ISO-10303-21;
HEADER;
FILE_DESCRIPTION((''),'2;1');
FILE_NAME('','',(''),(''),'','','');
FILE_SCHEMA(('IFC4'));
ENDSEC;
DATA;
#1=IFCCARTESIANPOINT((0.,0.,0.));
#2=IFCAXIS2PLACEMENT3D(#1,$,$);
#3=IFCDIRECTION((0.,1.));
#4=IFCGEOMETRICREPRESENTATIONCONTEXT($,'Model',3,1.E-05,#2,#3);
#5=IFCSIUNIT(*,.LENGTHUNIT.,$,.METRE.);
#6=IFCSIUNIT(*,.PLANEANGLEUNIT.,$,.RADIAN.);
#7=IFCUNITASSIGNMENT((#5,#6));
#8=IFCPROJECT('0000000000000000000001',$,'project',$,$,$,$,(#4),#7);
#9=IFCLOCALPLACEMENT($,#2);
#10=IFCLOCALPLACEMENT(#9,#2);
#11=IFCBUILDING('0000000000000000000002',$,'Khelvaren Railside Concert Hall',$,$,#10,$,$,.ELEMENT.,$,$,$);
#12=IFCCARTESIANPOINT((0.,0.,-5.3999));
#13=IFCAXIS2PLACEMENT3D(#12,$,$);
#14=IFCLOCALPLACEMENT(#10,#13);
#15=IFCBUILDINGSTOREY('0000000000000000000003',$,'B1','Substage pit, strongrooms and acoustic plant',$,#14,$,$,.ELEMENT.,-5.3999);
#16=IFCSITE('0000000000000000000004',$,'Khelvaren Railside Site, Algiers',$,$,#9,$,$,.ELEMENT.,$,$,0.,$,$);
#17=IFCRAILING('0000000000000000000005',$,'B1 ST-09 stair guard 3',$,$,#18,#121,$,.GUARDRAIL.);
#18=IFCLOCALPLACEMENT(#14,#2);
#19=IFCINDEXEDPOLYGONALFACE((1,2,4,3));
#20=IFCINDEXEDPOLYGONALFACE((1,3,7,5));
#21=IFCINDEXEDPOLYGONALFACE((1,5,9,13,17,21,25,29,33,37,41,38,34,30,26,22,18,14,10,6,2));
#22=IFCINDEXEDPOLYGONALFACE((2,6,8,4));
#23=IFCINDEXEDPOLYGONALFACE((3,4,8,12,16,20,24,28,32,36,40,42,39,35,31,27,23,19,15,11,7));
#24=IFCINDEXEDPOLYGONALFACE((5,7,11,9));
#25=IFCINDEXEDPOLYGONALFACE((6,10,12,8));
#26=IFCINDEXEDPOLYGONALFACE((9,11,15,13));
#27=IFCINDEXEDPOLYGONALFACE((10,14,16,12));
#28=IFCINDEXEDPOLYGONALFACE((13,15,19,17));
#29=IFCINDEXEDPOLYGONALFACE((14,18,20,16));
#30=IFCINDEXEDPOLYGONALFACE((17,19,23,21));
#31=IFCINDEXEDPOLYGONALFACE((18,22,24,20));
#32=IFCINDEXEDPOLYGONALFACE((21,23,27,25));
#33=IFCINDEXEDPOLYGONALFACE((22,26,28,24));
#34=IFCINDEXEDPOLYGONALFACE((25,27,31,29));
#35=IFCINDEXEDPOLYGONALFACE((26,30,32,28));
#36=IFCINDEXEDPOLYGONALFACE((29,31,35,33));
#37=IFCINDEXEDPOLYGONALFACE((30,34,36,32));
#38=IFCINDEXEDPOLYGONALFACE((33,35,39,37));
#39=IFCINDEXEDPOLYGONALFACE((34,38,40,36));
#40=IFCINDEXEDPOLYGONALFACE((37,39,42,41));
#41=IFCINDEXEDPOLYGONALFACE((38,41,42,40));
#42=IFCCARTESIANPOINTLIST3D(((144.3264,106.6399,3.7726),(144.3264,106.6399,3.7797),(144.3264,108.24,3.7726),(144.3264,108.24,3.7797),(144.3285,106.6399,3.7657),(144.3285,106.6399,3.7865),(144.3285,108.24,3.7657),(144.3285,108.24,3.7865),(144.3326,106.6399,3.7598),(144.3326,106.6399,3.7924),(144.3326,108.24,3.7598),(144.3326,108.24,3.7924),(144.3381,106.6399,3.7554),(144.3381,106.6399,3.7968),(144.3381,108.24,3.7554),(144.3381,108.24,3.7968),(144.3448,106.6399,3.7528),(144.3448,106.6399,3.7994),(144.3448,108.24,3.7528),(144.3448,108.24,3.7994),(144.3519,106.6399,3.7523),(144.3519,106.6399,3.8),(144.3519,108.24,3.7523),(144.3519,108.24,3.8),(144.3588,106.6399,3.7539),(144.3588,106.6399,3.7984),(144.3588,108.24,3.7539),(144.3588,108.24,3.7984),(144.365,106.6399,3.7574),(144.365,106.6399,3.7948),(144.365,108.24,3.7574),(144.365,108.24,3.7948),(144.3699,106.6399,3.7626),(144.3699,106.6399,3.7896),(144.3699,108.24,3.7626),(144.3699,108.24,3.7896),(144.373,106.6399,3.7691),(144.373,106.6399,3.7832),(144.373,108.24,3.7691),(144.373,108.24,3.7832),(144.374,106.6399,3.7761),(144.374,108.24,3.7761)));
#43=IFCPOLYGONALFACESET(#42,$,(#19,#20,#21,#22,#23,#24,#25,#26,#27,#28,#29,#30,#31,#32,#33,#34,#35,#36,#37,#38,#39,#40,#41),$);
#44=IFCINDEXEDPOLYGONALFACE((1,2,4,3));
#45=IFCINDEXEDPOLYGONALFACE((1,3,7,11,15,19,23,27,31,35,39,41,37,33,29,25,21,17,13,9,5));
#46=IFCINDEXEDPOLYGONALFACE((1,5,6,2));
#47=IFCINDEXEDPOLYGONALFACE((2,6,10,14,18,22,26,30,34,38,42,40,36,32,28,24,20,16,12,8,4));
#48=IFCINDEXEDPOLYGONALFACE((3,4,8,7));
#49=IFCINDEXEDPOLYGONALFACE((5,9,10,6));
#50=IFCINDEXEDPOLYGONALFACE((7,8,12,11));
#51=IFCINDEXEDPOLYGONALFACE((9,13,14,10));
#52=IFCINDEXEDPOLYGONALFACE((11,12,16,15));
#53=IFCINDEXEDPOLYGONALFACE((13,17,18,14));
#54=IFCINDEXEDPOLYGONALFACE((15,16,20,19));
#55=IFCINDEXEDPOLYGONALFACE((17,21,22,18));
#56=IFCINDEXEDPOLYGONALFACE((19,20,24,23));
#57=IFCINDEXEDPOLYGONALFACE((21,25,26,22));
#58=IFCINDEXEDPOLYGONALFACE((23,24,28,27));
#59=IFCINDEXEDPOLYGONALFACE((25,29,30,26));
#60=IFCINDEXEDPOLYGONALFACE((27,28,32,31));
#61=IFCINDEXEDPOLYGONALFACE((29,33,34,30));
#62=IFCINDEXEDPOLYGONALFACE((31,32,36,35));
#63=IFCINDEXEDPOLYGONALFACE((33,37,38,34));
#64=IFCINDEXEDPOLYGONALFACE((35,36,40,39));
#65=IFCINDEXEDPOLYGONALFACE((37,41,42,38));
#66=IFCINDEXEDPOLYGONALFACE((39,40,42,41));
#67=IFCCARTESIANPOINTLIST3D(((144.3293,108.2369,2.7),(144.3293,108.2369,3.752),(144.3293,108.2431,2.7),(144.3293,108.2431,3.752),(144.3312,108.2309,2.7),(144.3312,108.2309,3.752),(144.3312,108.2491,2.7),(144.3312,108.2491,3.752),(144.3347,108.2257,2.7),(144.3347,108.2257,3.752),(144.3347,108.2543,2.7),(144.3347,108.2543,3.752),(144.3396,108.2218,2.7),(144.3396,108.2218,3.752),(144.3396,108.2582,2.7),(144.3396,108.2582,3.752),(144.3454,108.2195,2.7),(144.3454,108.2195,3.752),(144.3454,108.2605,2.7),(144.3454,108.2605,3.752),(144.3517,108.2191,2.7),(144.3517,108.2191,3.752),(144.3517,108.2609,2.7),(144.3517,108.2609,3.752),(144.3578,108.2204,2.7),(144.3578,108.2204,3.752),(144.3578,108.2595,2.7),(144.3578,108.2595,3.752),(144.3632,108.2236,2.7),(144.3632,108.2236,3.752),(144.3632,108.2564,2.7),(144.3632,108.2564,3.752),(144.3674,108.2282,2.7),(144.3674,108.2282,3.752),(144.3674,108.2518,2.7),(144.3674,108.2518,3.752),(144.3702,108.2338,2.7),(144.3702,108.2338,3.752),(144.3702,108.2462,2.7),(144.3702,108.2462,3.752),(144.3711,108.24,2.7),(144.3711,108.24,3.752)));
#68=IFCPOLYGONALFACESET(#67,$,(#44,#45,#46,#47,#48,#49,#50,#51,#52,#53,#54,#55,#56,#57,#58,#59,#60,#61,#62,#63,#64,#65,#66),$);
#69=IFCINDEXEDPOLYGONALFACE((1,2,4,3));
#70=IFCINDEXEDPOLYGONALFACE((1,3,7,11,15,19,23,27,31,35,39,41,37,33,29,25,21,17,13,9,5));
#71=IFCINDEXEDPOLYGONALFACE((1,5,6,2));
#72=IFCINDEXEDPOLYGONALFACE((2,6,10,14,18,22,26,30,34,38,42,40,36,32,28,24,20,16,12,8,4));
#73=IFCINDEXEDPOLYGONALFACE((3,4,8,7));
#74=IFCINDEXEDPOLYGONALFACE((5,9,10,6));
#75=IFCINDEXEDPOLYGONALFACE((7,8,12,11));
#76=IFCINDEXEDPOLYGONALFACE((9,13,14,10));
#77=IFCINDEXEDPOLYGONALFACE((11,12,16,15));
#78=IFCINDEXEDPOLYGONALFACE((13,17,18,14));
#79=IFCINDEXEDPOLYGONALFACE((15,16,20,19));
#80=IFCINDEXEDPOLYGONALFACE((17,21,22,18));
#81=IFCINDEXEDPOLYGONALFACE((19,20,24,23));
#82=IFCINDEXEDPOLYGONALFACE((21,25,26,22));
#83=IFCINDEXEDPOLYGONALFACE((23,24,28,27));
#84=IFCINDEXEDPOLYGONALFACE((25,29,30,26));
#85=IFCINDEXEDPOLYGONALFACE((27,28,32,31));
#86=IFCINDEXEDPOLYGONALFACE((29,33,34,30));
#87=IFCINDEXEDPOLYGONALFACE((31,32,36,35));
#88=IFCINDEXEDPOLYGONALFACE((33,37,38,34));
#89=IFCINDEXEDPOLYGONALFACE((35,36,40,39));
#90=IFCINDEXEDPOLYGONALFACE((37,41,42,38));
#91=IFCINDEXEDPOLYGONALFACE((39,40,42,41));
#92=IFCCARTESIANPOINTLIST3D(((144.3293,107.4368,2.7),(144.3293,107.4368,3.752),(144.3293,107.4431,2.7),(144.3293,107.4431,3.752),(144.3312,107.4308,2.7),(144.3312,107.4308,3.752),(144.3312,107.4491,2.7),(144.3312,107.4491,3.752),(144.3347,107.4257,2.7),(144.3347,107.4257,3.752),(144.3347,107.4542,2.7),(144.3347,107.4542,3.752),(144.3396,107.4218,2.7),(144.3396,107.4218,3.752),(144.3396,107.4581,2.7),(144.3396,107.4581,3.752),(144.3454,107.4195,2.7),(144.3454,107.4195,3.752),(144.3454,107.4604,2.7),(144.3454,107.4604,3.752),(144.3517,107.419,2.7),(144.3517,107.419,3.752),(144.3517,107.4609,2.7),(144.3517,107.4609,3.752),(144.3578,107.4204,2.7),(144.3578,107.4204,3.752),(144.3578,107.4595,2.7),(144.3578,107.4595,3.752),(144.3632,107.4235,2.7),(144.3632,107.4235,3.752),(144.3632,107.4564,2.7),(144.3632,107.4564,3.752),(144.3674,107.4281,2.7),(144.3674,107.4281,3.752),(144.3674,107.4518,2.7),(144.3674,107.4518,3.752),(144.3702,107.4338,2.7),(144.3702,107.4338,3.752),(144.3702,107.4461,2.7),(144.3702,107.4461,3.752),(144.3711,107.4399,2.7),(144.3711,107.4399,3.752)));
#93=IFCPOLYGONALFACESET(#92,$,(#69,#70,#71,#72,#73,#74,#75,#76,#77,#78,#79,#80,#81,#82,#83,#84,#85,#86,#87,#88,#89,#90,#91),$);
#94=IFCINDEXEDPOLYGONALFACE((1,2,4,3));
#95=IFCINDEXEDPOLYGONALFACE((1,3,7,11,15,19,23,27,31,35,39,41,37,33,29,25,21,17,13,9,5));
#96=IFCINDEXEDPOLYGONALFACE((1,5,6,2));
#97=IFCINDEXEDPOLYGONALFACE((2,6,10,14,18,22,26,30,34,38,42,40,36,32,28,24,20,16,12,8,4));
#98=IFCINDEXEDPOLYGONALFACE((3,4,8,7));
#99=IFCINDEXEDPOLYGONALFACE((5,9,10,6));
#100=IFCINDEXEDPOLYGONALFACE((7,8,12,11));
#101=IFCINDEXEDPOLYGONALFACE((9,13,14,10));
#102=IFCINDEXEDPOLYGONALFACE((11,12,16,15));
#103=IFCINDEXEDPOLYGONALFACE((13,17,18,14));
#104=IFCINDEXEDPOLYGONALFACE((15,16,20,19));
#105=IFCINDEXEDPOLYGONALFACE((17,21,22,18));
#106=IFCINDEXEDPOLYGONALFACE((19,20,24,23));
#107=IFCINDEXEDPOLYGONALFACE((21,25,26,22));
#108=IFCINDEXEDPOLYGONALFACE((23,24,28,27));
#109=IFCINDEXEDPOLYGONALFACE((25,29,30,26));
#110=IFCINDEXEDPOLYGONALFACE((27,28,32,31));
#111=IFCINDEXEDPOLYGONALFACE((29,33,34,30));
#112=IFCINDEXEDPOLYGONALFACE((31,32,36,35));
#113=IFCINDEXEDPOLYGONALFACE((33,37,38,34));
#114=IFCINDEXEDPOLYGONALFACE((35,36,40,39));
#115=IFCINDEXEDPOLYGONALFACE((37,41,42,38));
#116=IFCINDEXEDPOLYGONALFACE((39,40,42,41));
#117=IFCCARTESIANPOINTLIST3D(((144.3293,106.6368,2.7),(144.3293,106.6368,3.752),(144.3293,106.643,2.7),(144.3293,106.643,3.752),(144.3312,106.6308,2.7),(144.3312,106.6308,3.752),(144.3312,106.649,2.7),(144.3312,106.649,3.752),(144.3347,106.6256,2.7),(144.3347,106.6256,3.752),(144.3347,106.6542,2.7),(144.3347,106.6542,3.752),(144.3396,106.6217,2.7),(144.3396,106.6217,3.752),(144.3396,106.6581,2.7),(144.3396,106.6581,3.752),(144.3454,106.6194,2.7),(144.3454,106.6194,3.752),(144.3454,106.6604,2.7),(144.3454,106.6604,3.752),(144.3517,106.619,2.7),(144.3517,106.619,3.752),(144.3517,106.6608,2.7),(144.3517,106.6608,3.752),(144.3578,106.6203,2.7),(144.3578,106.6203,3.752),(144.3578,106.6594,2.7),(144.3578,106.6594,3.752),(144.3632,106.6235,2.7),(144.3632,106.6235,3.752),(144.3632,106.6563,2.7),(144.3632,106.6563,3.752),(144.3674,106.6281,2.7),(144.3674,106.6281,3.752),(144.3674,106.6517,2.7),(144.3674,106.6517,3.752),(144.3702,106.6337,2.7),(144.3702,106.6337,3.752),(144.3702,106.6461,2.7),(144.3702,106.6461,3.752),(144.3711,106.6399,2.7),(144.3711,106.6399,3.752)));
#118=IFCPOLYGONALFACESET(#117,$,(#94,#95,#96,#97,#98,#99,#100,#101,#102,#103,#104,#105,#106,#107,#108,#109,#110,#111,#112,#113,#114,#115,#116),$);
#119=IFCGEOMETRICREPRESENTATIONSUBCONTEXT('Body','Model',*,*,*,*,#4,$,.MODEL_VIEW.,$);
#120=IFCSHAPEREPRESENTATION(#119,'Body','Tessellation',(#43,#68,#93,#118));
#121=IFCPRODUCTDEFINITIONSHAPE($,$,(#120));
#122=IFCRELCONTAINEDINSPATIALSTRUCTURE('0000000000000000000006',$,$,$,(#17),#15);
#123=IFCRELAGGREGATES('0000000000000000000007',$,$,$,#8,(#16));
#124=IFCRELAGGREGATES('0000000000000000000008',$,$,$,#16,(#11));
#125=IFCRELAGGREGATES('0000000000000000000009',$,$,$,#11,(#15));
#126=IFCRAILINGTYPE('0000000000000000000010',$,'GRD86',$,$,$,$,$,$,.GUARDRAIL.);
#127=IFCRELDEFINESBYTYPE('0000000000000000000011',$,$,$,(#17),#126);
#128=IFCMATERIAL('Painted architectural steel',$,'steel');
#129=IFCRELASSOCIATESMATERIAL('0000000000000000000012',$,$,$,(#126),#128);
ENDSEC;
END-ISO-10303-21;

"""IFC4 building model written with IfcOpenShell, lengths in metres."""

from ifc_helpers import new_model, si_unit, direction, frame, origin, origin_2d, place, context, subcontext, project, spatial, circle, extrude, material, type_object, element, save


model = new_model("IFC4")

# Units and contexts
model_context = context("Model", 3, precision=1e-05, world=origin(), true_north=direction((0.0, 1.0)))
body_context = subcontext(model_context, "Body", "Model", "MODEL_VIEW")
ifc_project = project(units=[si_unit("LENGTHUNIT", "METRE"), si_unit("PLANEANGLEUNIT", "RADIAN")], contexts=[model_context])

# Site, building, storey
site_placement = place(None, origin())
site = spatial("IfcSite", under=ifc_project, at=site_placement, Name="Khelvaren Railside Site, Algiers", CompositionType="ELEMENT", RefElevation=0.0)
building_placement = place(site_placement, origin())
building = spatial("IfcBuilding", under=site, at=building_placement, Name="Khelvaren Railside Concert Hall", CompositionType="ELEMENT")
storey_placement = place(building_placement, frame((0.0, 0.0, -5.3999)))
storey = spatial("IfcBuildingStorey", under=building, at=storey_placement, Name="B1", Description="Substage pit, strongrooms and acoustic plant", CompositionType="ELEMENT", Elevation=-5.3999)

# Railing
ifc_material_1 = material(Name="Painted architectural steel", Category="steel")
railing_type_1 = type_object("IfcRailingType", Name="GRD86", PredefinedType="GUARDRAIL", material=ifc_material_1)
railing_1_placement = place(storey_placement, frame((144.3501, 108.24, 2.7)))
element("IfcRailing", 1, at=railing_1_placement, inside=storey, type_object=railing_type_1, Name="B1 ST-09 stair guard 3", PredefinedType="GUARDRAIL", context=body_context, shape_type="SweptSolid", body=[
    extrude(circle(Radius=0.0239, at=origin_2d()), frame((0.0, 0.0, 1.0762), z_axis=(0.0, -1.0, 0.0), x_axis=(1.0, 0.0, 0.0)), (0.0, 0.0, 1.0), 1.6001),
    extrude(circle(Radius=0.021, at=origin_2d()), origin(), (0.0, 0.0, 1.0), 1.052),
    extrude(circle(Radius=0.021, at=origin_2d()), frame((0.0, -0.8, 0.0)), (0.0, 0.0, 1.0), 1.052),
    extrude(circle(Radius=0.021, at=origin_2d()), frame((0.0, -1.6001, 0.0)), (0.0, 0.0, 1.0), 1.052),
])

save(model, "model.ifc")
